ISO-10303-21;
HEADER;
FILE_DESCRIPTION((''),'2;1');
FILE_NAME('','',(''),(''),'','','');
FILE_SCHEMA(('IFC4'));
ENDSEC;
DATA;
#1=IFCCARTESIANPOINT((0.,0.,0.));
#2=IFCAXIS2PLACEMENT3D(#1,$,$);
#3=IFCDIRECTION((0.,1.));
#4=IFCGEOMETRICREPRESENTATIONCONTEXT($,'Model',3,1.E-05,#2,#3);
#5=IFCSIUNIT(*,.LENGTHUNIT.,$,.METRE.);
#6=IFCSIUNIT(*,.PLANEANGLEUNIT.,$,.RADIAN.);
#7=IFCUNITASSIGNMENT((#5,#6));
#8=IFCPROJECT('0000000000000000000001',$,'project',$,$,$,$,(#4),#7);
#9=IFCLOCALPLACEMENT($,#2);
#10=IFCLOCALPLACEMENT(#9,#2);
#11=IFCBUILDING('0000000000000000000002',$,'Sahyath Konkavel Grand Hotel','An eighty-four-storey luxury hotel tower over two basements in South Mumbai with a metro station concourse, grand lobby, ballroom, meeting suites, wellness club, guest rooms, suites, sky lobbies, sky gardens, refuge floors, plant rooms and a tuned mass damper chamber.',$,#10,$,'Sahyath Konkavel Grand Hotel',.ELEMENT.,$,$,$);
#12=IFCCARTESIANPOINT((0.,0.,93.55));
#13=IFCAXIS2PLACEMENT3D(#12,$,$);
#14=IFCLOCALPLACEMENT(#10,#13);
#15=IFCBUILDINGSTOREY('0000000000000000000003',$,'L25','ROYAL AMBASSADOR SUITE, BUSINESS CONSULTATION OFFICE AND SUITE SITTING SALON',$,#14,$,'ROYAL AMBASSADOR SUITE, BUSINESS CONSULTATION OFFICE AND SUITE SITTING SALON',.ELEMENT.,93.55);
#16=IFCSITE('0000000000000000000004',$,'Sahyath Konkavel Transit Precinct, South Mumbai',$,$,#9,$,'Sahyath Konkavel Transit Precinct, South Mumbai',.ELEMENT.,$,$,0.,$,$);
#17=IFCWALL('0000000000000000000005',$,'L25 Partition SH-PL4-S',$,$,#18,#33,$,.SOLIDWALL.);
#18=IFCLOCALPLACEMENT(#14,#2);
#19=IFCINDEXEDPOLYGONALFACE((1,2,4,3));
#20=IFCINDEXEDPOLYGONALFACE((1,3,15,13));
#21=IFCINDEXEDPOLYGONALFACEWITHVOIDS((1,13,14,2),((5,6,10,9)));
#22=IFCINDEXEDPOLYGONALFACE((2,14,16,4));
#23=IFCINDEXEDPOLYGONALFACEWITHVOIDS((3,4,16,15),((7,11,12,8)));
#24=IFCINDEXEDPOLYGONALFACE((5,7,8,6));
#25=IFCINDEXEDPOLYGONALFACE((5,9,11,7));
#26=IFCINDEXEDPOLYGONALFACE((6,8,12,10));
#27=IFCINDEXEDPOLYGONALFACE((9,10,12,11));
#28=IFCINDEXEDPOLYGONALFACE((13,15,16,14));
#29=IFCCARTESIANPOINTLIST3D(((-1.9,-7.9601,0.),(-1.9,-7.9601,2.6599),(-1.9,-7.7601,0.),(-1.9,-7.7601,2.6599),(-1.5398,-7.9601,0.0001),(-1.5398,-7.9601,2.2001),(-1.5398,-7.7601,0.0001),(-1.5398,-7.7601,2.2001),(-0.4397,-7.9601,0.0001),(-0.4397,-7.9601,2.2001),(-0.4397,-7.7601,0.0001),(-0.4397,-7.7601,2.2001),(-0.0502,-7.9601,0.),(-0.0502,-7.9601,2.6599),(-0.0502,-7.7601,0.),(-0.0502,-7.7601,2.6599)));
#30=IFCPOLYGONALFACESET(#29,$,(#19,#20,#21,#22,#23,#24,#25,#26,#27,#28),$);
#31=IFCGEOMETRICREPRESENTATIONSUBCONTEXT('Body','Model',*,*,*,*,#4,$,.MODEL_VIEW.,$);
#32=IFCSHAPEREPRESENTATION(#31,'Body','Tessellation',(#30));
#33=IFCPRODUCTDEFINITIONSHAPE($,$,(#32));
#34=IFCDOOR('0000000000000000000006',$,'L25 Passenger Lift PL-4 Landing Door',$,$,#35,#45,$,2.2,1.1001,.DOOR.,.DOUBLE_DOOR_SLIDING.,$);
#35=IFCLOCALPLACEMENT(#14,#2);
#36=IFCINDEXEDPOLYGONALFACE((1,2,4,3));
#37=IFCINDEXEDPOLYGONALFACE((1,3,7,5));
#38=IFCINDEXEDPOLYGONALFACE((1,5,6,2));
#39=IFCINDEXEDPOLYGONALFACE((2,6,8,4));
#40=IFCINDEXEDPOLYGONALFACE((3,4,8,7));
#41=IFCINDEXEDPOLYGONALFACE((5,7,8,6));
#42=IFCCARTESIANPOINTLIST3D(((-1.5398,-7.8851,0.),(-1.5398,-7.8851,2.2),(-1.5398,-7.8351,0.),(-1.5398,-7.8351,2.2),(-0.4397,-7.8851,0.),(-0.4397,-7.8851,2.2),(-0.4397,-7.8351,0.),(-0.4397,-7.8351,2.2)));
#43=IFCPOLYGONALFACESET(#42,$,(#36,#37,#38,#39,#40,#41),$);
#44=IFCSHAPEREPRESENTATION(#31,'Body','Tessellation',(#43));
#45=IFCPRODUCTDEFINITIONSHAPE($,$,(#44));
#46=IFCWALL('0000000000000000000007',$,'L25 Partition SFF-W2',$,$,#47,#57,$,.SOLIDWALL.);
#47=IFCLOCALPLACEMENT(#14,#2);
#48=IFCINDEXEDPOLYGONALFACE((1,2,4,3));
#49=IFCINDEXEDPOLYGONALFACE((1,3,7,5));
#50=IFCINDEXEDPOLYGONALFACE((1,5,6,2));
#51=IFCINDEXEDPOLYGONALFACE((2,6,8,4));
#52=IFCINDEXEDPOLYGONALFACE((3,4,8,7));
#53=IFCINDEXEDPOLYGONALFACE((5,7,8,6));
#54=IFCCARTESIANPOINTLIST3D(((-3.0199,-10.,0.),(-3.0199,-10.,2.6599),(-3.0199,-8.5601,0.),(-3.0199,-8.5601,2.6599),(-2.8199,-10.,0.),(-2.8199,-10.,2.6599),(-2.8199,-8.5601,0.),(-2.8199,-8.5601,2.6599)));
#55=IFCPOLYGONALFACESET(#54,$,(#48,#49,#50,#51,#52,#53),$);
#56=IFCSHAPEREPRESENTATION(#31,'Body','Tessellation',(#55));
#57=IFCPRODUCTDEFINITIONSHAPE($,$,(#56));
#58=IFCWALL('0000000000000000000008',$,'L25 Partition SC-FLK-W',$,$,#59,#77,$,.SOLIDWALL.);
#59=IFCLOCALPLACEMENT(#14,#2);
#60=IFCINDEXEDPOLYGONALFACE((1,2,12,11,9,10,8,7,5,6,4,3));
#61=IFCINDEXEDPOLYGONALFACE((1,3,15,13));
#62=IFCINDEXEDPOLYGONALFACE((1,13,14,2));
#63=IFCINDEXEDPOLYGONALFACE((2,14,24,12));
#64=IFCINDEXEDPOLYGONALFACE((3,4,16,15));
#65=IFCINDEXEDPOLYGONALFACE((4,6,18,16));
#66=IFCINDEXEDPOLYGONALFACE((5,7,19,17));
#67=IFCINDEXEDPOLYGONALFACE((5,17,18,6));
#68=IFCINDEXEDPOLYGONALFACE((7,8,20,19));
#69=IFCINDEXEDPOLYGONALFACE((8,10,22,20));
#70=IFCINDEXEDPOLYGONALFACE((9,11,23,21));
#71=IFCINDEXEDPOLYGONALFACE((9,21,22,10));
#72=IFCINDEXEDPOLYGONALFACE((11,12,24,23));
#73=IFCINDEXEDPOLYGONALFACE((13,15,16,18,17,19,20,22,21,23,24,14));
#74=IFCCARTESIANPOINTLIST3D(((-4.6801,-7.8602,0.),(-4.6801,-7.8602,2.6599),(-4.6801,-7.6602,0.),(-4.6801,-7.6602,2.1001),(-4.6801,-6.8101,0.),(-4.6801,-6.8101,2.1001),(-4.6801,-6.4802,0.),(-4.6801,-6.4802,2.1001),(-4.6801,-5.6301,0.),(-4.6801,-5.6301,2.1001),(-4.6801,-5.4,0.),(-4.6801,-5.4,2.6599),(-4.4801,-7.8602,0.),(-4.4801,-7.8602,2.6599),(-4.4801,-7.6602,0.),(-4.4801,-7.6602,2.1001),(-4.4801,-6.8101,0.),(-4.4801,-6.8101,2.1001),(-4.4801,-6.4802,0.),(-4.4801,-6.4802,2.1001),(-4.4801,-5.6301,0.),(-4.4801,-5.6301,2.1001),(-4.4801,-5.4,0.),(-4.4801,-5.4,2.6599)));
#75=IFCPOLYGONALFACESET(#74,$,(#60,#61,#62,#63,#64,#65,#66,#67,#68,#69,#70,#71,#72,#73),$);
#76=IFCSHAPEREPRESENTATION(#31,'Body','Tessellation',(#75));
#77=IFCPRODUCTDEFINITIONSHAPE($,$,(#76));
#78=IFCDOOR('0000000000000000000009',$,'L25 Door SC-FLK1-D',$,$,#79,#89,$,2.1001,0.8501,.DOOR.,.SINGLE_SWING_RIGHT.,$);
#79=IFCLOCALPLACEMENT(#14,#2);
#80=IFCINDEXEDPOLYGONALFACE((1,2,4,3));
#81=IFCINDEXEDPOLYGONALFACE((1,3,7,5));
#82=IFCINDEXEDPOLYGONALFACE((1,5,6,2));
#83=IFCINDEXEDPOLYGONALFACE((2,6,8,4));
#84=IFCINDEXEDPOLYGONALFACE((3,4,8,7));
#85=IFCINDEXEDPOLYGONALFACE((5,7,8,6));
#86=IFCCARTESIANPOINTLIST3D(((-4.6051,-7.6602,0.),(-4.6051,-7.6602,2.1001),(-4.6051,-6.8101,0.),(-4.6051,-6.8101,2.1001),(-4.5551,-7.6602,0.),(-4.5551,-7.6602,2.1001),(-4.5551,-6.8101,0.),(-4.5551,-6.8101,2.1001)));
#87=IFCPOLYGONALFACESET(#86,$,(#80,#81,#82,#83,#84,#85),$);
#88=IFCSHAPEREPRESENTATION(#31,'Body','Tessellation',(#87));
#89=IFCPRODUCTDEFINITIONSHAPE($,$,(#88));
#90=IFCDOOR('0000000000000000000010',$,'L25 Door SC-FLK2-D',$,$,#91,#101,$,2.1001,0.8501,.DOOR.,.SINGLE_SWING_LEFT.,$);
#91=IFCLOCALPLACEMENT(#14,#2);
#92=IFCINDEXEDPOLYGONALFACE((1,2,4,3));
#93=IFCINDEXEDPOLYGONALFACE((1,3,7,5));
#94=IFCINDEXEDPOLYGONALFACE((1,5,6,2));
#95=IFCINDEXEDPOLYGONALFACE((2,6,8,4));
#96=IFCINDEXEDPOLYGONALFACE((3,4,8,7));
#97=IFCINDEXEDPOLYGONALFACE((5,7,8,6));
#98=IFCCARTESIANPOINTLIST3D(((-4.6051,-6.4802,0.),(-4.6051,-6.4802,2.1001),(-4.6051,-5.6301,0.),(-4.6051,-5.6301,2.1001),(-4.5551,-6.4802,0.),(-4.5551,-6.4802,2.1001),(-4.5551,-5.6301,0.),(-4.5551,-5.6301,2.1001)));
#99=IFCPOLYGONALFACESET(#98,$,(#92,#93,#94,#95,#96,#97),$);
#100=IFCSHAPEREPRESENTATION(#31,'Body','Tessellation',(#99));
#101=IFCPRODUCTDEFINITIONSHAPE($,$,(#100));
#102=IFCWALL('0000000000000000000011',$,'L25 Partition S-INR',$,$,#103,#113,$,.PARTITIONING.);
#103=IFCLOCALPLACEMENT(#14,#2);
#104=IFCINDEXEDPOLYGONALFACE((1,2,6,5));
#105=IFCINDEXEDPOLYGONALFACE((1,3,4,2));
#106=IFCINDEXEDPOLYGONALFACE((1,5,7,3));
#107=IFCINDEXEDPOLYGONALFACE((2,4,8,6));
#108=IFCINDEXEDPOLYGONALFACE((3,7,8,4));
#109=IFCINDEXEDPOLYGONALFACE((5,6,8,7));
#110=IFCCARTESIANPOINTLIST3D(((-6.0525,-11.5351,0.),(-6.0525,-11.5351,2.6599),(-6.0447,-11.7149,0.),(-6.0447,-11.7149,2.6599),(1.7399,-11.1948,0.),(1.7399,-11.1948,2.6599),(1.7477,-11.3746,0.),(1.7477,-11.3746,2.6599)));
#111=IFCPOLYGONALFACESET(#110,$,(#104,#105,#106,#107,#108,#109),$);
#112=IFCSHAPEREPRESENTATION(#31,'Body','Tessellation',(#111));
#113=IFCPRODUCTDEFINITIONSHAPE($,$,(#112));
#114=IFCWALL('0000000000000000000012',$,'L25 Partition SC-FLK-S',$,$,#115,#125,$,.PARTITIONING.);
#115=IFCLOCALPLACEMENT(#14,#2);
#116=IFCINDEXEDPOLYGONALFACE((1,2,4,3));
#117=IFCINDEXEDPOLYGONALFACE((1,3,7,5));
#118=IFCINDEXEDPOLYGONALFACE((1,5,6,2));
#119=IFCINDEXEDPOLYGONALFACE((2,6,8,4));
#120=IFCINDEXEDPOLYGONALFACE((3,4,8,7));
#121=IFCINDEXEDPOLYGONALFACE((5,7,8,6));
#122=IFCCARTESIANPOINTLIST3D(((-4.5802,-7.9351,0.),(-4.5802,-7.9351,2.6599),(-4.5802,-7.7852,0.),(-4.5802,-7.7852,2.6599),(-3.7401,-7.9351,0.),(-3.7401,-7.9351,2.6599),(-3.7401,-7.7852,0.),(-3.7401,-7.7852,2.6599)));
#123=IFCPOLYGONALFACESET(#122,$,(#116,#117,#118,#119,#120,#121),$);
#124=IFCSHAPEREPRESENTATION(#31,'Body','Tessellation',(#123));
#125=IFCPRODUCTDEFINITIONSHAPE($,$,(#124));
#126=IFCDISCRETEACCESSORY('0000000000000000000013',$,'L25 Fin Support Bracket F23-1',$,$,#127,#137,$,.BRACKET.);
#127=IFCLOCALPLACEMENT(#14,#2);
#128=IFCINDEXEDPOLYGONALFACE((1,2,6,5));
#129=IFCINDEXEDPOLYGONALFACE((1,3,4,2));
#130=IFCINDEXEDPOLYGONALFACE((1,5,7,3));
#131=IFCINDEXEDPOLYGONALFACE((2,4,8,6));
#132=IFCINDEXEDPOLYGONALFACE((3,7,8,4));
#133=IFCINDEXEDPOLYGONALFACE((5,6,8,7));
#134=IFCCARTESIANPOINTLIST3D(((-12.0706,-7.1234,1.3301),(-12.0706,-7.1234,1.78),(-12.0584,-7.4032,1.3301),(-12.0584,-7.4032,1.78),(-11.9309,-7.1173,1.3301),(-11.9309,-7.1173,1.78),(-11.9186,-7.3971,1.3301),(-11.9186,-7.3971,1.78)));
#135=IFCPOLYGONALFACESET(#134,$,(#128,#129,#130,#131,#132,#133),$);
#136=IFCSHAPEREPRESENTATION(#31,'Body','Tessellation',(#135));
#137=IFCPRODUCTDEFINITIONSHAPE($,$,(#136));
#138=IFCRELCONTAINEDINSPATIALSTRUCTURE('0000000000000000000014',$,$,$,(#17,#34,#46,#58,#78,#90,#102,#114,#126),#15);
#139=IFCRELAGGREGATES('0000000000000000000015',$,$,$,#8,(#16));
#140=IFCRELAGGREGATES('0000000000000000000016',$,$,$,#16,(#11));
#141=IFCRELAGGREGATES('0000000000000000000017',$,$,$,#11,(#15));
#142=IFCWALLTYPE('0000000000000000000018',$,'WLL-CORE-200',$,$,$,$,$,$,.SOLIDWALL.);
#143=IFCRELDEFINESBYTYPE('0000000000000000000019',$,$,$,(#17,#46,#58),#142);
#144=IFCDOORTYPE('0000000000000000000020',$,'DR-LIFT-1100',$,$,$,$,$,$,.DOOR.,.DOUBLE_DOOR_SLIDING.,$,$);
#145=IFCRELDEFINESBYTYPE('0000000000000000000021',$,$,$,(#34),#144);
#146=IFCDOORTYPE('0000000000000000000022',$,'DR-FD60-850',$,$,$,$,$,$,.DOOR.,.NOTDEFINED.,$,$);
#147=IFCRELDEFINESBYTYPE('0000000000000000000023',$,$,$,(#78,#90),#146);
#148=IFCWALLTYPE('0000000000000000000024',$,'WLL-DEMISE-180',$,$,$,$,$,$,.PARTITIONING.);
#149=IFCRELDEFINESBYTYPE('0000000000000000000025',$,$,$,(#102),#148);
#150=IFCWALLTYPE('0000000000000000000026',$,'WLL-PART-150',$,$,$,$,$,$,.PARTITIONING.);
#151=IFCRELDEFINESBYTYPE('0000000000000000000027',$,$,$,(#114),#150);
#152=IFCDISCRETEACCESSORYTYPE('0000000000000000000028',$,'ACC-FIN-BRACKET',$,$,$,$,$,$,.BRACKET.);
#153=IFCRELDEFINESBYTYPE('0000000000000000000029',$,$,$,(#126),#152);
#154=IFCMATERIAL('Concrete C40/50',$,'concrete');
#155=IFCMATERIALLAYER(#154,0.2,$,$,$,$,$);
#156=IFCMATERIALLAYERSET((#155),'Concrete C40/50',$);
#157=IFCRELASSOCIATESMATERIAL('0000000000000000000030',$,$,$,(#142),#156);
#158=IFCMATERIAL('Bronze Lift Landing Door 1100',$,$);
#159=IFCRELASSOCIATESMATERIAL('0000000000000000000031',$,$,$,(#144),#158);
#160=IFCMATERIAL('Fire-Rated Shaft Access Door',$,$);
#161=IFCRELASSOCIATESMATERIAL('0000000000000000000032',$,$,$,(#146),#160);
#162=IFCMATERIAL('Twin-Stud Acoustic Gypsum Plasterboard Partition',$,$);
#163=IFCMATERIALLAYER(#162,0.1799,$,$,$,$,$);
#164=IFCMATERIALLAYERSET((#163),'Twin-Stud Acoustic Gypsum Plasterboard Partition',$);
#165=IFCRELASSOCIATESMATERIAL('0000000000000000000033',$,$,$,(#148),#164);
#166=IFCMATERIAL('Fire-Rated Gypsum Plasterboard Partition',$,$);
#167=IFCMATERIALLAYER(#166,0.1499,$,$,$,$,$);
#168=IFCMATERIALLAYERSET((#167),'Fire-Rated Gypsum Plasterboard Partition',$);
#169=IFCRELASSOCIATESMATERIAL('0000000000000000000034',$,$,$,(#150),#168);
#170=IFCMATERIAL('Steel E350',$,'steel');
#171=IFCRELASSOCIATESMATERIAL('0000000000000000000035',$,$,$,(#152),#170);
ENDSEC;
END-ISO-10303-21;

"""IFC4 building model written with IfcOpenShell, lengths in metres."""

from ifc_helpers import new_model, si_unit, direction, frame, frame_2d, origin, origin_2d, place, context, subcontext, project, spatial, rectangle, extrude, source, transform, mapped, material, layer, layer_set, type_object, element, fill, save


model = new_model("IFC4")

# Units and contexts
model_context = context("Model", 3, precision=1e-05, world=origin(), true_north=direction((0.0, 1.0)))
body_context = subcontext(model_context, "Body", "Model", "MODEL_VIEW")
ifc_project = project(units=[si_unit("LENGTHUNIT", "METRE"), si_unit("PLANEANGLEUNIT", "RADIAN")], contexts=[model_context])

# Site, building, storey
site_placement = place(None, origin())
site = spatial("IfcSite", under=ifc_project, at=site_placement, Name="Sahyath Konkavel Transit Precinct, South Mumbai", LongName="Sahyath Konkavel Transit Precinct, South Mumbai", CompositionType="ELEMENT", RefElevation=0.0)
building_placement = place(site_placement, origin())
building = spatial("IfcBuilding", under=site, at=building_placement, Name="Sahyath Konkavel Grand Hotel", Description="An eighty-four-storey luxury hotel tower over two basements in South Mumbai with a metro station concourse, grand lobby, ballroom, meeting suites, wellness club, guest rooms, suites, sky lobbies, sky gardens, refuge floors, plant rooms and a tuned mass damper chamber.", LongName="Sahyath Konkavel Grand Hotel", CompositionType="ELEMENT")
storey_placement = place(building_placement, frame((0.0, 0.0, 93.55)))
storey = spatial("IfcBuildingStorey", under=building, at=storey_placement, Name="L25", Description="ROYAL AMBASSADOR SUITE, BUSINESS CONSULTATION OFFICE AND SUITE SITTING SALON", LongName="ROYAL AMBASSADOR SUITE, BUSINESS CONSULTATION OFFICE AND SUITE SITTING SALON", CompositionType="ELEMENT", Elevation=93.55)

# Shared definitions
ifc_material_1 = material(Name="Steel E350", Category="steel")

# Shared definitions
ifc_material_2 = material(Name="Concrete C40/50", Category="concrete")
ifc_layer_1 = layer(ifc_material_2, 0.2)
ifc_layer_set_1 = layer_set([ifc_layer_1], Name="Concrete C40/50")
wall_type_1 = type_object("IfcWallType", Name="WLL-CORE-200", PredefinedType="SOLIDWALL", material=ifc_layer_set_1)

# Shared definitions
ifc_material_3 = material(Name="Bronze Lift Landing Door 1100")
door_type_1 = type_object("IfcDoorType", Name="DR-LIFT-1100", OperationType="DOUBLE_DOOR_SLIDING", PredefinedType="DOOR", material=ifc_material_3)
shared_shape_1 = source(origin(), body_context, "Body", "SweptSolid", [
    extrude(rectangle(XDim=1.1001, YDim=0.05, at=origin_2d()), origin(), (0.0, 0.0, 1.0), 2.2),
])

# Wall, opening, door
wall_1_placement = place(storey_placement, frame((-1.8999, -7.8601, 0.0), z_axis=(0.0, 0.0, 1.0), x_axis=(1.0, 0.0, 0.0)))
wall_1 = element("IfcWall", 1, at=wall_1_placement, inside=storey, type_object=wall_type_1, Name="L25 Partition SH-PL4-S", PredefinedType="SOLIDWALL", context=body_context, shape_type="SweptSolid", body=[
    extrude(rectangle(XDim=1.8499, YDim=0.2, at=frame_2d((0.9248, 0.0))), origin(), (0.0, 0.0, 1.0), 2.6599),
])
opening_1_placement = place(wall_1_placement, frame((0.3601, 0.0, 0.0)))
opening_1 = element("IfcOpeningElement", 2, at=opening_1_placement, cuts=wall_1, PredefinedType="OPENING", context=body_context, shape_type="SweptSolid", body=[
    extrude(rectangle(XDim=1.1001, YDim=2.2, at=frame_2d((0.55, 1.1001))), frame((0.0, 0.1099, 0.0), z_axis=(0.0, -1.0, 0.0), x_axis=(1.0, 0.0, 0.0)), (0.0, 0.0, 1.0), 0.22),
])
door_1_placement = place(opening_1_placement, frame((0.55, 0.0, 0.0)))
door_1 = element("IfcDoor", 3, at=door_1_placement, inside=storey, type_object=door_type_1, Name="L25 Passenger Lift PL-4 Landing Door", OperationType="DOUBLE_DOOR_SLIDING", OverallHeight=2.2, OverallWidth=1.1001, PredefinedType="DOOR", context=body_context, shape_type="MappedRepresentation", body=[
    mapped(shared_shape_1, transform((0.0, 0.0, 0.0), scale=1.0)),
])
fill(opening_1, door_1)

# Wall
wall_2_placement = place(storey_placement, frame((-2.9199, -10.0, 0.0), z_axis=(0.0, 0.0, 1.0), x_axis=(0.0, 1.0, 0.0)))
element("IfcWall", 4, at=wall_2_placement, inside=storey, type_object=wall_type_1, Name="L25 Partition SFF-W2", PredefinedType="SOLIDWALL", context=body_context, shape_type="SweptSolid", body=[
    extrude(rectangle(XDim=1.4399, YDim=0.2, at=frame_2d((0.72, 0.0))), origin(), (0.0, 0.0, 1.0), 2.6599),
])

# Wall, openings, doors
wall_3_placement = place(storey_placement, frame((-4.5801, -7.8601, 0.0), z_axis=(0.0, 0.0, 1.0), x_axis=(0.0, 1.0, 0.0)))
wall_3 = element("IfcWall", 5, at=wall_3_placement, inside=storey, type_object=wall_type_1, Name="L25 Partition SC-FLK-W", PredefinedType="SOLIDWALL", context=body_context, shape_type="SweptSolid", body=[
    extrude(rectangle(XDim=2.4602, YDim=0.2, at=frame_2d((1.23, 0.0))), origin(), (0.0, 0.0, 1.0), 2.6599),
])
opening_2_placement = place(wall_3_placement, frame((0.2, 0.0, 0.0)))
opening_2 = element("IfcOpeningElement", 6, at=opening_2_placement, cuts=wall_3, PredefinedType="OPENING", context=body_context, shape_type="SweptSolid", body=[
    extrude(rectangle(XDim=0.8501, YDim=2.1001, at=frame_2d((0.425, 1.05))), frame((0.0, 0.1099, 0.0), z_axis=(0.0, -1.0, 0.0), x_axis=(1.0, 0.0, 0.0)), (0.0, 0.0, 1.0), 0.22),
])
opening_3_placement = place(wall_3_placement, frame((1.3799, 0.0, 0.0)))
opening_3 = element("IfcOpeningElement", 7, at=opening_3_placement, cuts=wall_3, PredefinedType="OPENING", context=body_context, shape_type="SweptSolid", body=[
    extrude(rectangle(XDim=0.8501, YDim=2.1001, at=frame_2d((0.425, 1.05))), frame((0.0, 0.1099, 0.0), z_axis=(0.0, -1.0, 0.0), x_axis=(1.0, 0.0, 0.0)), (0.0, 0.0, 1.0), 0.22),
])
ifc_material_4 = material(Name="Fire-Rated Shaft Access Door")
door_type_2 = type_object("IfcDoorType", Name="DR-FD60-850", OperationType="NOTDEFINED", PredefinedType="DOOR", material=ifc_material_4)
shared_shape_2 = source(origin(), body_context, "Body", "SweptSolid", [
    extrude(rectangle(XDim=0.8501, YDim=0.05, at=origin_2d()), origin(), (0.0, 0.0, 1.0), 2.1001),
])
door_2_placement = place(opening_2_placement, frame((0.425, 0.0, 0.0)))
door_2 = element("IfcDoor", 8, at=door_2_placement, inside=storey, type_object=door_type_2, Name="L25 Door SC-FLK1-D", OperationType="SINGLE_SWING_RIGHT", OverallHeight=2.1001, OverallWidth=0.8501, PredefinedType="DOOR", context=body_context, shape_type="MappedRepresentation", body=[
    mapped(shared_shape_2, transform((0.0, 0.0, 0.0), scale=1.0)),
])
fill(opening_2, door_2)
door_3_placement = place(opening_3_placement, frame((0.425, 0.0, 0.0)))
door_3 = element("IfcDoor", 9, at=door_3_placement, inside=storey, type_object=door_type_2, Name="L25 Door SC-FLK2-D", OperationType="SINGLE_SWING_LEFT", OverallHeight=2.1001, OverallWidth=0.8501, PredefinedType="DOOR", context=body_context, shape_type="MappedRepresentation", body=[
    mapped(shared_shape_2, transform((0.0, 0.0, 0.0), scale=1.0)),
])
fill(opening_3, door_3)

# Walls
ifc_material_5 = material(Name="Twin-Stud Acoustic Gypsum Plasterboard Partition")
ifc_layer_2 = layer(ifc_material_5, 0.1799)
ifc_layer_set_2 = layer_set([ifc_layer_2], Name="Twin-Stud Acoustic Gypsum Plasterboard Partition")
wall_type_2 = type_object("IfcWallType", Name="WLL-DEMISE-180", PredefinedType="PARTITIONING", material=ifc_layer_set_2)
wall_4_placement = place(storey_placement, frame((-6.0486, -11.625, 0.0), z_axis=(0.0, 0.0, 1.0), x_axis=(0.999048, 0.043633, 0.0)))
element("IfcWall", 10, at=wall_4_placement, inside=storey, type_object=wall_type_2, Name="L25 Partition S-INR", PredefinedType="PARTITIONING", context=body_context, shape_type="SweptSolid", body=[
    extrude(rectangle(XDim=7.7998, YDim=0.1799, at=frame_2d((3.8999, 0.0))), origin(), (0.0, 0.0, 1.0), 2.6599),
])
ifc_material_6 = material(Name="Fire-Rated Gypsum Plasterboard Partition")
ifc_layer_3 = layer(ifc_material_6, 0.1499)
ifc_layer_set_3 = layer_set([ifc_layer_3], Name="Fire-Rated Gypsum Plasterboard Partition")
wall_type_3 = type_object("IfcWallType", Name="WLL-PART-150", PredefinedType="PARTITIONING", material=ifc_layer_set_3)
wall_5_placement = place(storey_placement, frame((-4.5801, -7.8601, 0.0), z_axis=(0.0, 0.0, 1.0), x_axis=(1.0, 0.0, 0.0)))
element("IfcWall", 11, at=wall_5_placement, inside=storey, type_object=wall_type_3, Name="L25 Partition SC-FLK-S", PredefinedType="PARTITIONING", context=body_context, shape_type="SweptSolid", body=[
    extrude(rectangle(XDim=0.8401, YDim=0.1499, at=frame_2d((0.4199, 0.0))), origin(), (0.0, 0.0, 1.0), 2.6599),
])

# Discrete accessory
discrete_accessory_type = type_object("IfcDiscreteAccessoryType", Name="ACC-FIN-BRACKET", PredefinedType="BRACKET", material=ifc_material_1)
shared_shape_3 = source(origin(), body_context, "Body", "SweptSolid", [
    extrude(rectangle(XDim=0.28, YDim=0.1399, at=origin_2d()), origin(), (0.0, 0.0, 1.0), 0.45),
])
discrete_accessory_placement = place(storey_placement, frame((-11.9946, -7.2603, 1.3301), z_axis=(0.0, 0.0, 1.0), x_axis=(0.043619, -0.999048, 0.0)))
element("IfcDiscreteAccessory", 12, at=discrete_accessory_placement, inside=storey, type_object=discrete_accessory_type, Name="L25 Fin Support Bracket F23-1", PredefinedType="BRACKET", context=body_context, shape_type="MappedRepresentation", body=[
    mapped(shared_shape_3, transform((0.0, 0.0, 0.0), scale=1.0)),
])

save(model, "model.ifc")
